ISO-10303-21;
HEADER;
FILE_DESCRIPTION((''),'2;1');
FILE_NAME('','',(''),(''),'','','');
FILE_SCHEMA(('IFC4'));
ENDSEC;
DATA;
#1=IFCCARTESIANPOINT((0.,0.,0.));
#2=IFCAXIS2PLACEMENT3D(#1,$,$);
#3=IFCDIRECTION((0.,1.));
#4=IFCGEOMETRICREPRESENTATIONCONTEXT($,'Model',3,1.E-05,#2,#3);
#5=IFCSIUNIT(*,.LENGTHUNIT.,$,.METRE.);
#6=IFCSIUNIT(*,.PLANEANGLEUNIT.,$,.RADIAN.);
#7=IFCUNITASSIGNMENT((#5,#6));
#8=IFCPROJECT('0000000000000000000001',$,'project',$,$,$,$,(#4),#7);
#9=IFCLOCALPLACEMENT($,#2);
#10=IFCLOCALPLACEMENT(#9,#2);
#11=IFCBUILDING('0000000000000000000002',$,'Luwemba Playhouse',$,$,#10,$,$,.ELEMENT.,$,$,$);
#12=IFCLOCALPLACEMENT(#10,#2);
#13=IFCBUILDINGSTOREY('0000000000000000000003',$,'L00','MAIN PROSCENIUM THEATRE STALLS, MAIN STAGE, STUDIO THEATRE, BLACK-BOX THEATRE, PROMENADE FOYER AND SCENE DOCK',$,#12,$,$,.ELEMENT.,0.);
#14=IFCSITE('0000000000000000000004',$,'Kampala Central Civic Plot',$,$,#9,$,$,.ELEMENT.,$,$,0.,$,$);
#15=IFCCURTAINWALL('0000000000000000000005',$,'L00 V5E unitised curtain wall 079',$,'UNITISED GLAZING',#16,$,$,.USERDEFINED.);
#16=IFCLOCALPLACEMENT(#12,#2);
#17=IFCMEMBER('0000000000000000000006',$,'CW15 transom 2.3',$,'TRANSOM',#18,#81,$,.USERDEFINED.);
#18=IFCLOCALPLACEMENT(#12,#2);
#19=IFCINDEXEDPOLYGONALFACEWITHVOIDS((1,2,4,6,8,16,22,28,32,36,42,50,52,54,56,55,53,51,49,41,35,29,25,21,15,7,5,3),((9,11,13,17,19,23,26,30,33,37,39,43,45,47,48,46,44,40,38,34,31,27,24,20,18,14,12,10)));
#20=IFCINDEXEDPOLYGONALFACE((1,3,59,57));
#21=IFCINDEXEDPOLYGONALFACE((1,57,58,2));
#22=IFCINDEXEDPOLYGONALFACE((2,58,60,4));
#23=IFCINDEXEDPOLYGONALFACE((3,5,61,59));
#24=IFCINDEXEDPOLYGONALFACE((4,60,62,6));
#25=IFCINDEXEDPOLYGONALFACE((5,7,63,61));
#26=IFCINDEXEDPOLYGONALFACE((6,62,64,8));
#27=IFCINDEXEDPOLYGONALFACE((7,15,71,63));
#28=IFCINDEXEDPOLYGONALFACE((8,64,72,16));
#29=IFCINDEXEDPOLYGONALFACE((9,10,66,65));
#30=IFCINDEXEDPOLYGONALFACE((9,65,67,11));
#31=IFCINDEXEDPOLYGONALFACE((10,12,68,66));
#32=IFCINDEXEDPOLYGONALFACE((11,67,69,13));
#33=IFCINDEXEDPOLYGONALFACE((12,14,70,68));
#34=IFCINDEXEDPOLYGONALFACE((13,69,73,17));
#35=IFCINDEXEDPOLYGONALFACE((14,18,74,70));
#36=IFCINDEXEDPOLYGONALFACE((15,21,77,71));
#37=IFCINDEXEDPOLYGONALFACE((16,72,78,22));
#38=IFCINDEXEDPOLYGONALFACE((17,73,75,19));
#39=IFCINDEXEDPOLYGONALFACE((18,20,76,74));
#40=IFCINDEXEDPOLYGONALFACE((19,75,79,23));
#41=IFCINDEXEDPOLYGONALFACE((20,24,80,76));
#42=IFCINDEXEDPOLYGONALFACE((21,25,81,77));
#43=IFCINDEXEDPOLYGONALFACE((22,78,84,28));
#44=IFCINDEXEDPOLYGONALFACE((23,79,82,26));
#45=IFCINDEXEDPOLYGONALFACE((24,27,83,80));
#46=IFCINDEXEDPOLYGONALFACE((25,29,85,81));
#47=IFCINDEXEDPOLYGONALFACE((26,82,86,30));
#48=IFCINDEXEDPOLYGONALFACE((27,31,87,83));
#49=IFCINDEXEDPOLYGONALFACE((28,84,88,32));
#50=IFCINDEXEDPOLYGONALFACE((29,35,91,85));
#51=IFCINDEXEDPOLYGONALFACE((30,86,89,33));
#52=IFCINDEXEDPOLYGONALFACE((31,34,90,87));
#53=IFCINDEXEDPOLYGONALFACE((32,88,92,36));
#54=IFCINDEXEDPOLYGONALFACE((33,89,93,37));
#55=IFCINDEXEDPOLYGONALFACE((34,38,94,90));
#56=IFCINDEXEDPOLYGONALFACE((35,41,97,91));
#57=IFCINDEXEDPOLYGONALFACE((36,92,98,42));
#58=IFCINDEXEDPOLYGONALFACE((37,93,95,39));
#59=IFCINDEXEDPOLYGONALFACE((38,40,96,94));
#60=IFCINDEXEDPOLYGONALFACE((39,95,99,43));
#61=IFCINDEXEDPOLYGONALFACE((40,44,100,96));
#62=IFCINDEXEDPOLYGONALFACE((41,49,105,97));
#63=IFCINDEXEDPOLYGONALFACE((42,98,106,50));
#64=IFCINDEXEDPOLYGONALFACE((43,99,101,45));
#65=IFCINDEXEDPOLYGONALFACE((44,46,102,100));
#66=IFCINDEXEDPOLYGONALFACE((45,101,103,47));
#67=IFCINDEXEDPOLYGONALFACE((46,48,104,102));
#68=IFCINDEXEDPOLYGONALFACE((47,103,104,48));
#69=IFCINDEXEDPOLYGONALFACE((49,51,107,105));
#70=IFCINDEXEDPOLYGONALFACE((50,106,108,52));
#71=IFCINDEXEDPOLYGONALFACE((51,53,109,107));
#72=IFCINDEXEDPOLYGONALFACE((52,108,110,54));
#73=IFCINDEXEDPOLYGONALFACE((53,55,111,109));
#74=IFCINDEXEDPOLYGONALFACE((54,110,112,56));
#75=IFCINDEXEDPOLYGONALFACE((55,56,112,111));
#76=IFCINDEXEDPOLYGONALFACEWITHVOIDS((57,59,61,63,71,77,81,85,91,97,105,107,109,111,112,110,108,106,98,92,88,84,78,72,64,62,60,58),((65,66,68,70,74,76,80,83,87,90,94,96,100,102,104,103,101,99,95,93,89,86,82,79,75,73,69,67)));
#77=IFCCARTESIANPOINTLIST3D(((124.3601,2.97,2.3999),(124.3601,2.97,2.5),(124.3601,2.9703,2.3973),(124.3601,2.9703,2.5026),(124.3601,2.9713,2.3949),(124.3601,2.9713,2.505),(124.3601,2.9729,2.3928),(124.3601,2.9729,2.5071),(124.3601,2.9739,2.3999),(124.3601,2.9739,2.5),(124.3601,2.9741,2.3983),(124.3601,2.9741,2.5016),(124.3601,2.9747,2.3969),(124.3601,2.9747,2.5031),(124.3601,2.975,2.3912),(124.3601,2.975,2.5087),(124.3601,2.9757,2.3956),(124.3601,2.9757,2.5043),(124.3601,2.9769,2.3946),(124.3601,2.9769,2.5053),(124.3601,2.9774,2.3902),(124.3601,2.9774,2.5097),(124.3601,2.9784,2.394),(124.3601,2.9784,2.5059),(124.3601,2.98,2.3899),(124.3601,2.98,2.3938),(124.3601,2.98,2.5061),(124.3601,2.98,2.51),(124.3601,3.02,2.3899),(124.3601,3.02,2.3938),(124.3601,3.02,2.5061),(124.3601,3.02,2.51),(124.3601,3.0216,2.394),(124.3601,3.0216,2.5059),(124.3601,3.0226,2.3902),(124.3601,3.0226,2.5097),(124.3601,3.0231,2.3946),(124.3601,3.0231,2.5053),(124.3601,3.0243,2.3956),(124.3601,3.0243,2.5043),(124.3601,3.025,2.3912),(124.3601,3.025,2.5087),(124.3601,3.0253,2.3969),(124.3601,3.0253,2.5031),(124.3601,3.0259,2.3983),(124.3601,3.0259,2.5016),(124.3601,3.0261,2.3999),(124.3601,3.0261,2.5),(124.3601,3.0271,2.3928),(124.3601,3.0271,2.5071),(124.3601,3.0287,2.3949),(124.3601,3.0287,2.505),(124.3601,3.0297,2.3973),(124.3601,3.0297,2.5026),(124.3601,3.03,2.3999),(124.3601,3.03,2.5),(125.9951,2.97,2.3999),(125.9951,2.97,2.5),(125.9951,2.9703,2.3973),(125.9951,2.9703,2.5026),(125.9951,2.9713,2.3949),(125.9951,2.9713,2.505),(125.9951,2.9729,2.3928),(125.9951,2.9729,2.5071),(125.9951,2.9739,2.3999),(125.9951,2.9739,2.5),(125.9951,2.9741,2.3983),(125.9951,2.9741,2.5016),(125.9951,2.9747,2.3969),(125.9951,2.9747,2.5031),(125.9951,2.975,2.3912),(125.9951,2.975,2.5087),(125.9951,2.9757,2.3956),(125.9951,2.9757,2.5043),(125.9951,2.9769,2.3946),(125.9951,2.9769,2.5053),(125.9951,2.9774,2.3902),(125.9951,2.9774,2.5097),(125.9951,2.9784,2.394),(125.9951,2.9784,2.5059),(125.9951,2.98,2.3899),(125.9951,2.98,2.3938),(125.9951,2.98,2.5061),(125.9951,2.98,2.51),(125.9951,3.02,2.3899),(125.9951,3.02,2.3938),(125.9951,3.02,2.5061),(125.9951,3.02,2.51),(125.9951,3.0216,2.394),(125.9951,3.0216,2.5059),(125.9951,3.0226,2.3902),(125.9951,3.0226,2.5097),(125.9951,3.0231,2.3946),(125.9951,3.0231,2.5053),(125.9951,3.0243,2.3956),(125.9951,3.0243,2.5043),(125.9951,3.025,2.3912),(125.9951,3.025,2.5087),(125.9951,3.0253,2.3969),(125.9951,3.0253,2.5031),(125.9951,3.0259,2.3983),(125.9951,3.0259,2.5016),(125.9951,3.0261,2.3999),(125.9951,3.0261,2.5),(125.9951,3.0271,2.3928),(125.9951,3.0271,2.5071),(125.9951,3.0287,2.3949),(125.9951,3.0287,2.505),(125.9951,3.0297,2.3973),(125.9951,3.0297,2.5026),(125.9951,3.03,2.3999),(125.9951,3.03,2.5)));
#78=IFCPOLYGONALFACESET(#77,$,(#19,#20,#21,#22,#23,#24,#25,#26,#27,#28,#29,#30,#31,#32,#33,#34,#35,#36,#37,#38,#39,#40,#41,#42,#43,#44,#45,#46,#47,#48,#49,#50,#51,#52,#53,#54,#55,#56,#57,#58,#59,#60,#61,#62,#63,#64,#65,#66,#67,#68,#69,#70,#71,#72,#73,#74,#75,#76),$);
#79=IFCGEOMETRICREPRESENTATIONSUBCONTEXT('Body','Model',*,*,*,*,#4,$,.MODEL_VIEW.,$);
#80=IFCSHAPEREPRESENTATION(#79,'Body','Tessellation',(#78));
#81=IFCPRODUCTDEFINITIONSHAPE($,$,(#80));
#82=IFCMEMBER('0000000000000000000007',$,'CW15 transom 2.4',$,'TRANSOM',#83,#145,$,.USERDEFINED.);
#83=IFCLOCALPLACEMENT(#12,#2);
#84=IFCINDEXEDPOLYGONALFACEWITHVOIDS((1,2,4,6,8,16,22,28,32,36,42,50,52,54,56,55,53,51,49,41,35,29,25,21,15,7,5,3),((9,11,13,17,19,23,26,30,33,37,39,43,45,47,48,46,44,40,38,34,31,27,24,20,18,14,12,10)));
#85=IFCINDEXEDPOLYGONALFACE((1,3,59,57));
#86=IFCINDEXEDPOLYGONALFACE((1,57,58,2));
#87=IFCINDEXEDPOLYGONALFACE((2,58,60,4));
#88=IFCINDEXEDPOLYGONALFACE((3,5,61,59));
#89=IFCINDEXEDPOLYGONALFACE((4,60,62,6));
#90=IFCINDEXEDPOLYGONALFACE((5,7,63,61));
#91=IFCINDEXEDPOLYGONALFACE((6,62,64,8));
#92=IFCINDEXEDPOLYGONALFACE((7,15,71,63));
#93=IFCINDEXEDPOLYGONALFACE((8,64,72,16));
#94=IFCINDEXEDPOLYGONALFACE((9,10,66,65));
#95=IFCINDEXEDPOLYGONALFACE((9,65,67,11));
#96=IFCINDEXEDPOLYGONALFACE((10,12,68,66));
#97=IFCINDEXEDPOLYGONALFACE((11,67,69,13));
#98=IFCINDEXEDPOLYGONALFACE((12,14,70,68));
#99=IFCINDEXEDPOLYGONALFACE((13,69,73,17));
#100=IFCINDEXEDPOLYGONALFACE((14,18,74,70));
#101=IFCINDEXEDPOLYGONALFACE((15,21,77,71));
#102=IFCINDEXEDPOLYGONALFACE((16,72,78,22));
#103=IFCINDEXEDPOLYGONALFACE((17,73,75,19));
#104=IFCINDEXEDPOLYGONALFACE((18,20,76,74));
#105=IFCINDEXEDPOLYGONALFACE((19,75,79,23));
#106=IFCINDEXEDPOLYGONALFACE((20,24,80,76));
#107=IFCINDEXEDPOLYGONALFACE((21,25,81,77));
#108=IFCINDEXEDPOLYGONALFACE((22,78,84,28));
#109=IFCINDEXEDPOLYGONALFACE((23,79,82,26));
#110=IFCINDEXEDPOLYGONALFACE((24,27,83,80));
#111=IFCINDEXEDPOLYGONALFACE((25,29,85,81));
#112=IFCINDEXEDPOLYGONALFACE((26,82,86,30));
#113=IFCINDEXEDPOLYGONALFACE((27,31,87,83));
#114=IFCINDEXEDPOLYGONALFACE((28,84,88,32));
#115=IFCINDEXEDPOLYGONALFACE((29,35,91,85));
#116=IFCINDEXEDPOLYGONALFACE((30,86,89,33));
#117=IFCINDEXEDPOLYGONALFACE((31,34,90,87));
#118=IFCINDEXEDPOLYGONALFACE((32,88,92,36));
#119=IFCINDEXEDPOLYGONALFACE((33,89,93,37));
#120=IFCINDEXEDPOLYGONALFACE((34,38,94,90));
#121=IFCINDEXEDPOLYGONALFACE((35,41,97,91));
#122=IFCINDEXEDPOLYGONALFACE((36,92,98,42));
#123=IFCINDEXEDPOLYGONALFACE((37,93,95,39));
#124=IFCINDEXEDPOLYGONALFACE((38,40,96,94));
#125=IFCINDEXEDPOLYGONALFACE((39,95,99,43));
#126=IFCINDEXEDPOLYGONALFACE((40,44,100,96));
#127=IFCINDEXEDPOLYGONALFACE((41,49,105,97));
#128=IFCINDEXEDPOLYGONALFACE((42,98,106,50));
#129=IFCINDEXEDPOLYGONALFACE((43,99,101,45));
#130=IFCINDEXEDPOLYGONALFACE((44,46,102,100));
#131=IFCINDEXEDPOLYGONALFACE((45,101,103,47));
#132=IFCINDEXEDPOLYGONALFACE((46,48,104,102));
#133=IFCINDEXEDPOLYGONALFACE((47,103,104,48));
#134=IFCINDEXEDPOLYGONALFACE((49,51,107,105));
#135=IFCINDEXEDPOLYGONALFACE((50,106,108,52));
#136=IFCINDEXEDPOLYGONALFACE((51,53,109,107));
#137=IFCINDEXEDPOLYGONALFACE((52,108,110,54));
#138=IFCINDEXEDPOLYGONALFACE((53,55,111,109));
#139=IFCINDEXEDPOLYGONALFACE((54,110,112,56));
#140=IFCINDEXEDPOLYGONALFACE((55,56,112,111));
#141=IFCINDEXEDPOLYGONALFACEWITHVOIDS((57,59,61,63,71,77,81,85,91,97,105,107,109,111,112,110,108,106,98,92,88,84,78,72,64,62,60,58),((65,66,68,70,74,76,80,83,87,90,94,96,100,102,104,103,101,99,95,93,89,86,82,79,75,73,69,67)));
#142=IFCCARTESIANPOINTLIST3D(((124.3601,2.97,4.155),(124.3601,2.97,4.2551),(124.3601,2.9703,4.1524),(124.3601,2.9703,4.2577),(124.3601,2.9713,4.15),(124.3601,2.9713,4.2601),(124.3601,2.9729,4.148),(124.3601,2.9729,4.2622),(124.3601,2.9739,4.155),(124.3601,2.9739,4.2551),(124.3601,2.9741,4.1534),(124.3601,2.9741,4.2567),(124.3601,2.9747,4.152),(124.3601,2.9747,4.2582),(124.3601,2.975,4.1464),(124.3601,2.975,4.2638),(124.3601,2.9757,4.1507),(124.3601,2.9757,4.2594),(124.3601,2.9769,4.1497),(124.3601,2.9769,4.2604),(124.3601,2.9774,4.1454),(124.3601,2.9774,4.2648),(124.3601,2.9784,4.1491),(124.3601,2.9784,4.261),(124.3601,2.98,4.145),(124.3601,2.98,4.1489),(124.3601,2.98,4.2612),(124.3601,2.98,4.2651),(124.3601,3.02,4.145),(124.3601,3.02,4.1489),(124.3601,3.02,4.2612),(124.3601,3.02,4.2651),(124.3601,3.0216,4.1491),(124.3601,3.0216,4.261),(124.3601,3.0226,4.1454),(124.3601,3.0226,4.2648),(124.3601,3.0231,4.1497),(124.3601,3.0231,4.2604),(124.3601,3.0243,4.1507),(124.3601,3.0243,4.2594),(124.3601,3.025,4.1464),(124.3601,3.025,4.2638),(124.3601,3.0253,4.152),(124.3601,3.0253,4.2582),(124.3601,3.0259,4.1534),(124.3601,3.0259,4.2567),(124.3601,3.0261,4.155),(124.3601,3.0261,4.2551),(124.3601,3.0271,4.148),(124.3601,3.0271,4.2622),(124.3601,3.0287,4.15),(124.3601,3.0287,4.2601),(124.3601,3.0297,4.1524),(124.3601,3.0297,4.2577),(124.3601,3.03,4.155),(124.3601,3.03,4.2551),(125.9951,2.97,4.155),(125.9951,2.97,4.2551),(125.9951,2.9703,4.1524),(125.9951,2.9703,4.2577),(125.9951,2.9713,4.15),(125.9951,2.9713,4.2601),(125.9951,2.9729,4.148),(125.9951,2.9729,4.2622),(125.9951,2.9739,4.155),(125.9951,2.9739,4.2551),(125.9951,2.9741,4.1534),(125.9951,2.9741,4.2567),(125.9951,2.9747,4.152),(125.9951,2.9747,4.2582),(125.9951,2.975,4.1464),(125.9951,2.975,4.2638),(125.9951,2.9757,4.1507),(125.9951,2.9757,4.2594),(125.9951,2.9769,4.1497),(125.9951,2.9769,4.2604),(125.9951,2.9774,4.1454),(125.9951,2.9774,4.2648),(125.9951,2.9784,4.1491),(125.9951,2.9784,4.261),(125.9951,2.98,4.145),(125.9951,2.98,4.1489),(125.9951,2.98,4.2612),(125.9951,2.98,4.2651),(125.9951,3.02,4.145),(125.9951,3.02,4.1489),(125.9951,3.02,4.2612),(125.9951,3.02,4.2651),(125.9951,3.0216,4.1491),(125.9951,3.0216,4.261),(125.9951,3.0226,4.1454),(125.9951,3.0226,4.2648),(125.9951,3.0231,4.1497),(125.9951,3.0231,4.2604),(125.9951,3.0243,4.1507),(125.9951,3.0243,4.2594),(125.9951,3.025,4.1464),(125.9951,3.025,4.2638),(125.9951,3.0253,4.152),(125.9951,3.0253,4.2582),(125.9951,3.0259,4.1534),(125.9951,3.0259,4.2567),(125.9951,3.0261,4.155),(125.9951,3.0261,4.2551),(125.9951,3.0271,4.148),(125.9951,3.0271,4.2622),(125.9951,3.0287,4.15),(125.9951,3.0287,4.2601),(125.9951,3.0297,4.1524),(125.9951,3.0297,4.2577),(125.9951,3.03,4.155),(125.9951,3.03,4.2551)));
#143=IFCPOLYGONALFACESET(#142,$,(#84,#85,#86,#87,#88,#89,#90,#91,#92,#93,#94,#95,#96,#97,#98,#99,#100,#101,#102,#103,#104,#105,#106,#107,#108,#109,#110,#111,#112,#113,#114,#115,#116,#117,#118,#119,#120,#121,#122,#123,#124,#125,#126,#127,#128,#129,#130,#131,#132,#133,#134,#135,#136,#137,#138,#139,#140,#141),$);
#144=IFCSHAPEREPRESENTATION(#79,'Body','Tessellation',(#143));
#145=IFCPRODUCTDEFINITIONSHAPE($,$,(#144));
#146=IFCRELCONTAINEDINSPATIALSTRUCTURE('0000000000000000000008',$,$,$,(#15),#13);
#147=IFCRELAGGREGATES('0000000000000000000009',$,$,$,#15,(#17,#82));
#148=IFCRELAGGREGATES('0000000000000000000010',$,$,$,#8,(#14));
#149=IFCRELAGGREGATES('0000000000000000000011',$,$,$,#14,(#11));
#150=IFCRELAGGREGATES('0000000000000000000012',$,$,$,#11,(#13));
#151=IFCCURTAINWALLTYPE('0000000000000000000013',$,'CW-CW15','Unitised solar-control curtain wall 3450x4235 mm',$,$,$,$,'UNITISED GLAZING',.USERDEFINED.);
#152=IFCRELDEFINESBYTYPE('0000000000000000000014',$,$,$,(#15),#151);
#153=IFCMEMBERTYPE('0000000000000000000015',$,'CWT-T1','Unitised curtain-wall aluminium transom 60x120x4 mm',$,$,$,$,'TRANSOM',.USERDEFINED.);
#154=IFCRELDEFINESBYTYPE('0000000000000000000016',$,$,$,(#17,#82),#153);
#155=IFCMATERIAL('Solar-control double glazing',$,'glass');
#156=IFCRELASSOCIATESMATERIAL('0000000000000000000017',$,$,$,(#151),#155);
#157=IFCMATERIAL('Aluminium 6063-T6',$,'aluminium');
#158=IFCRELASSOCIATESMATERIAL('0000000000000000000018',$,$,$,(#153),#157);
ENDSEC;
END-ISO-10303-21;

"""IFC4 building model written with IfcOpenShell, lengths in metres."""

from ifc_helpers import new_model, si_unit, direction, frame, origin, origin_2d, place, context, subcontext, project, spatial, hollow_rectangle, extrude, material, material_profile, profile_set, type_object, element, aggregate, save


model = new_model("IFC4")

# Units and contexts
model_context = context("Model", 3, precision=1e-05, world=origin(), true_north=direction((0.0, 1.0)))
body_context = subcontext(model_context, "Body", "Model", "MODEL_VIEW")
ifc_project = project(units=[si_unit("LENGTHUNIT", "METRE"), si_unit("PLANEANGLEUNIT", "RADIAN")], contexts=[model_context])

# Site, building, storey
site_placement = place(None, origin())
site = spatial("IfcSite", under=ifc_project, at=site_placement, Name="Kampala Central Civic Plot", CompositionType="ELEMENT", RefElevation=0.0)
building_placement = place(site_placement, origin())
building = spatial("IfcBuilding", under=site, at=building_placement, Name="Luwemba Playhouse", CompositionType="ELEMENT")
storey_placement = place(building_placement, origin())
storey = spatial("IfcBuildingStorey", under=building, at=storey_placement, Name="L00", Description="MAIN PROSCENIUM THEATRE STALLS, MAIN STAGE, STUDIO THEATRE, BLACK-BOX THEATRE, PROMENADE FOYER AND SCENE DOCK", CompositionType="ELEMENT", Elevation=0.0)

# Curtain wall
ifc_material_1 = material(Name="Solar-control double glazing", Category="glass")
curtain_wall_type_1 = type_object("IfcCurtainWallType", Name="CW-CW15", Description="Unitised solar-control curtain wall 3450x4235 mm", ElementType="UNITISED GLAZING", PredefinedType="USERDEFINED", material=ifc_material_1)
curtain_wall_1_placement = place(storey_placement, origin())
curtain_wall_1 = element("IfcCurtainWall", 1, at=curtain_wall_1_placement, inside=storey, type_object=curtain_wall_type_1, Name="L00 V5E unitised curtain wall 079", ObjectType="UNITISED GLAZING", PredefinedType="USERDEFINED")
ifc_material_2 = material(Name="Aluminium 6063-T6", Category="aluminium")

# Members
ifc_material_profile_1 = material_profile(ifc_material_2, hollow_rectangle(XDim=0.0601, YDim=0.1201, WallThickness=0.0039, InnerFilletRadius=0.0061, OuterFilletRadius=0.01, at=origin_2d()))
ifc_profile_set_1 = profile_set([ifc_material_profile_1], Name="Aluminium 6063-T6")
member_type_1 = type_object("IfcMemberType", Name="CWT-T1", Description="Unitised curtain-wall aluminium transom 60x120x4 mm", ElementType="TRANSOM", PredefinedType="USERDEFINED", material=ifc_profile_set_1)
member_1_placement = place(storey_placement, frame((125.9951, 3.0, 2.45), z_axis=(-1.0, 0.0, 0.0), x_axis=(0.0, -1.0, 0.0)))
member_1 = element("IfcMember", 2, at=member_1_placement, type_object=member_type_1, Name="CW15 transom 2.3", ObjectType="TRANSOM", PredefinedType="USERDEFINED", context=body_context, shape_type="SweptSolid", body=[
    extrude(hollow_rectangle(XDim=0.0601, YDim=0.1201, WallThickness=0.0039, InnerFilletRadius=0.0061, OuterFilletRadius=0.01, at=origin_2d()), origin(), (0.0, 0.0, 1.0), 1.635),
])
member_2_placement = place(storey_placement, frame((125.9951, 3.0, 4.2051), z_axis=(-1.0, 0.0, 0.0), x_axis=(0.0, -1.0, 0.0)))
member_2 = element("IfcMember", 3, at=member_2_placement, type_object=member_type_1, Name="CW15 transom 2.4", ObjectType="TRANSOM", PredefinedType="USERDEFINED", context=body_context, shape_type="SweptSolid", body=[
    extrude(hollow_rectangle(XDim=0.0601, YDim=0.1201, WallThickness=0.0039, InnerFilletRadius=0.0061, OuterFilletRadius=0.01, at=origin_2d()), origin(), (0.0, 0.0, 1.0), 1.635),
])

aggregate(curtain_wall_1, [member_1, member_2])

save(model, "model.ifc")
